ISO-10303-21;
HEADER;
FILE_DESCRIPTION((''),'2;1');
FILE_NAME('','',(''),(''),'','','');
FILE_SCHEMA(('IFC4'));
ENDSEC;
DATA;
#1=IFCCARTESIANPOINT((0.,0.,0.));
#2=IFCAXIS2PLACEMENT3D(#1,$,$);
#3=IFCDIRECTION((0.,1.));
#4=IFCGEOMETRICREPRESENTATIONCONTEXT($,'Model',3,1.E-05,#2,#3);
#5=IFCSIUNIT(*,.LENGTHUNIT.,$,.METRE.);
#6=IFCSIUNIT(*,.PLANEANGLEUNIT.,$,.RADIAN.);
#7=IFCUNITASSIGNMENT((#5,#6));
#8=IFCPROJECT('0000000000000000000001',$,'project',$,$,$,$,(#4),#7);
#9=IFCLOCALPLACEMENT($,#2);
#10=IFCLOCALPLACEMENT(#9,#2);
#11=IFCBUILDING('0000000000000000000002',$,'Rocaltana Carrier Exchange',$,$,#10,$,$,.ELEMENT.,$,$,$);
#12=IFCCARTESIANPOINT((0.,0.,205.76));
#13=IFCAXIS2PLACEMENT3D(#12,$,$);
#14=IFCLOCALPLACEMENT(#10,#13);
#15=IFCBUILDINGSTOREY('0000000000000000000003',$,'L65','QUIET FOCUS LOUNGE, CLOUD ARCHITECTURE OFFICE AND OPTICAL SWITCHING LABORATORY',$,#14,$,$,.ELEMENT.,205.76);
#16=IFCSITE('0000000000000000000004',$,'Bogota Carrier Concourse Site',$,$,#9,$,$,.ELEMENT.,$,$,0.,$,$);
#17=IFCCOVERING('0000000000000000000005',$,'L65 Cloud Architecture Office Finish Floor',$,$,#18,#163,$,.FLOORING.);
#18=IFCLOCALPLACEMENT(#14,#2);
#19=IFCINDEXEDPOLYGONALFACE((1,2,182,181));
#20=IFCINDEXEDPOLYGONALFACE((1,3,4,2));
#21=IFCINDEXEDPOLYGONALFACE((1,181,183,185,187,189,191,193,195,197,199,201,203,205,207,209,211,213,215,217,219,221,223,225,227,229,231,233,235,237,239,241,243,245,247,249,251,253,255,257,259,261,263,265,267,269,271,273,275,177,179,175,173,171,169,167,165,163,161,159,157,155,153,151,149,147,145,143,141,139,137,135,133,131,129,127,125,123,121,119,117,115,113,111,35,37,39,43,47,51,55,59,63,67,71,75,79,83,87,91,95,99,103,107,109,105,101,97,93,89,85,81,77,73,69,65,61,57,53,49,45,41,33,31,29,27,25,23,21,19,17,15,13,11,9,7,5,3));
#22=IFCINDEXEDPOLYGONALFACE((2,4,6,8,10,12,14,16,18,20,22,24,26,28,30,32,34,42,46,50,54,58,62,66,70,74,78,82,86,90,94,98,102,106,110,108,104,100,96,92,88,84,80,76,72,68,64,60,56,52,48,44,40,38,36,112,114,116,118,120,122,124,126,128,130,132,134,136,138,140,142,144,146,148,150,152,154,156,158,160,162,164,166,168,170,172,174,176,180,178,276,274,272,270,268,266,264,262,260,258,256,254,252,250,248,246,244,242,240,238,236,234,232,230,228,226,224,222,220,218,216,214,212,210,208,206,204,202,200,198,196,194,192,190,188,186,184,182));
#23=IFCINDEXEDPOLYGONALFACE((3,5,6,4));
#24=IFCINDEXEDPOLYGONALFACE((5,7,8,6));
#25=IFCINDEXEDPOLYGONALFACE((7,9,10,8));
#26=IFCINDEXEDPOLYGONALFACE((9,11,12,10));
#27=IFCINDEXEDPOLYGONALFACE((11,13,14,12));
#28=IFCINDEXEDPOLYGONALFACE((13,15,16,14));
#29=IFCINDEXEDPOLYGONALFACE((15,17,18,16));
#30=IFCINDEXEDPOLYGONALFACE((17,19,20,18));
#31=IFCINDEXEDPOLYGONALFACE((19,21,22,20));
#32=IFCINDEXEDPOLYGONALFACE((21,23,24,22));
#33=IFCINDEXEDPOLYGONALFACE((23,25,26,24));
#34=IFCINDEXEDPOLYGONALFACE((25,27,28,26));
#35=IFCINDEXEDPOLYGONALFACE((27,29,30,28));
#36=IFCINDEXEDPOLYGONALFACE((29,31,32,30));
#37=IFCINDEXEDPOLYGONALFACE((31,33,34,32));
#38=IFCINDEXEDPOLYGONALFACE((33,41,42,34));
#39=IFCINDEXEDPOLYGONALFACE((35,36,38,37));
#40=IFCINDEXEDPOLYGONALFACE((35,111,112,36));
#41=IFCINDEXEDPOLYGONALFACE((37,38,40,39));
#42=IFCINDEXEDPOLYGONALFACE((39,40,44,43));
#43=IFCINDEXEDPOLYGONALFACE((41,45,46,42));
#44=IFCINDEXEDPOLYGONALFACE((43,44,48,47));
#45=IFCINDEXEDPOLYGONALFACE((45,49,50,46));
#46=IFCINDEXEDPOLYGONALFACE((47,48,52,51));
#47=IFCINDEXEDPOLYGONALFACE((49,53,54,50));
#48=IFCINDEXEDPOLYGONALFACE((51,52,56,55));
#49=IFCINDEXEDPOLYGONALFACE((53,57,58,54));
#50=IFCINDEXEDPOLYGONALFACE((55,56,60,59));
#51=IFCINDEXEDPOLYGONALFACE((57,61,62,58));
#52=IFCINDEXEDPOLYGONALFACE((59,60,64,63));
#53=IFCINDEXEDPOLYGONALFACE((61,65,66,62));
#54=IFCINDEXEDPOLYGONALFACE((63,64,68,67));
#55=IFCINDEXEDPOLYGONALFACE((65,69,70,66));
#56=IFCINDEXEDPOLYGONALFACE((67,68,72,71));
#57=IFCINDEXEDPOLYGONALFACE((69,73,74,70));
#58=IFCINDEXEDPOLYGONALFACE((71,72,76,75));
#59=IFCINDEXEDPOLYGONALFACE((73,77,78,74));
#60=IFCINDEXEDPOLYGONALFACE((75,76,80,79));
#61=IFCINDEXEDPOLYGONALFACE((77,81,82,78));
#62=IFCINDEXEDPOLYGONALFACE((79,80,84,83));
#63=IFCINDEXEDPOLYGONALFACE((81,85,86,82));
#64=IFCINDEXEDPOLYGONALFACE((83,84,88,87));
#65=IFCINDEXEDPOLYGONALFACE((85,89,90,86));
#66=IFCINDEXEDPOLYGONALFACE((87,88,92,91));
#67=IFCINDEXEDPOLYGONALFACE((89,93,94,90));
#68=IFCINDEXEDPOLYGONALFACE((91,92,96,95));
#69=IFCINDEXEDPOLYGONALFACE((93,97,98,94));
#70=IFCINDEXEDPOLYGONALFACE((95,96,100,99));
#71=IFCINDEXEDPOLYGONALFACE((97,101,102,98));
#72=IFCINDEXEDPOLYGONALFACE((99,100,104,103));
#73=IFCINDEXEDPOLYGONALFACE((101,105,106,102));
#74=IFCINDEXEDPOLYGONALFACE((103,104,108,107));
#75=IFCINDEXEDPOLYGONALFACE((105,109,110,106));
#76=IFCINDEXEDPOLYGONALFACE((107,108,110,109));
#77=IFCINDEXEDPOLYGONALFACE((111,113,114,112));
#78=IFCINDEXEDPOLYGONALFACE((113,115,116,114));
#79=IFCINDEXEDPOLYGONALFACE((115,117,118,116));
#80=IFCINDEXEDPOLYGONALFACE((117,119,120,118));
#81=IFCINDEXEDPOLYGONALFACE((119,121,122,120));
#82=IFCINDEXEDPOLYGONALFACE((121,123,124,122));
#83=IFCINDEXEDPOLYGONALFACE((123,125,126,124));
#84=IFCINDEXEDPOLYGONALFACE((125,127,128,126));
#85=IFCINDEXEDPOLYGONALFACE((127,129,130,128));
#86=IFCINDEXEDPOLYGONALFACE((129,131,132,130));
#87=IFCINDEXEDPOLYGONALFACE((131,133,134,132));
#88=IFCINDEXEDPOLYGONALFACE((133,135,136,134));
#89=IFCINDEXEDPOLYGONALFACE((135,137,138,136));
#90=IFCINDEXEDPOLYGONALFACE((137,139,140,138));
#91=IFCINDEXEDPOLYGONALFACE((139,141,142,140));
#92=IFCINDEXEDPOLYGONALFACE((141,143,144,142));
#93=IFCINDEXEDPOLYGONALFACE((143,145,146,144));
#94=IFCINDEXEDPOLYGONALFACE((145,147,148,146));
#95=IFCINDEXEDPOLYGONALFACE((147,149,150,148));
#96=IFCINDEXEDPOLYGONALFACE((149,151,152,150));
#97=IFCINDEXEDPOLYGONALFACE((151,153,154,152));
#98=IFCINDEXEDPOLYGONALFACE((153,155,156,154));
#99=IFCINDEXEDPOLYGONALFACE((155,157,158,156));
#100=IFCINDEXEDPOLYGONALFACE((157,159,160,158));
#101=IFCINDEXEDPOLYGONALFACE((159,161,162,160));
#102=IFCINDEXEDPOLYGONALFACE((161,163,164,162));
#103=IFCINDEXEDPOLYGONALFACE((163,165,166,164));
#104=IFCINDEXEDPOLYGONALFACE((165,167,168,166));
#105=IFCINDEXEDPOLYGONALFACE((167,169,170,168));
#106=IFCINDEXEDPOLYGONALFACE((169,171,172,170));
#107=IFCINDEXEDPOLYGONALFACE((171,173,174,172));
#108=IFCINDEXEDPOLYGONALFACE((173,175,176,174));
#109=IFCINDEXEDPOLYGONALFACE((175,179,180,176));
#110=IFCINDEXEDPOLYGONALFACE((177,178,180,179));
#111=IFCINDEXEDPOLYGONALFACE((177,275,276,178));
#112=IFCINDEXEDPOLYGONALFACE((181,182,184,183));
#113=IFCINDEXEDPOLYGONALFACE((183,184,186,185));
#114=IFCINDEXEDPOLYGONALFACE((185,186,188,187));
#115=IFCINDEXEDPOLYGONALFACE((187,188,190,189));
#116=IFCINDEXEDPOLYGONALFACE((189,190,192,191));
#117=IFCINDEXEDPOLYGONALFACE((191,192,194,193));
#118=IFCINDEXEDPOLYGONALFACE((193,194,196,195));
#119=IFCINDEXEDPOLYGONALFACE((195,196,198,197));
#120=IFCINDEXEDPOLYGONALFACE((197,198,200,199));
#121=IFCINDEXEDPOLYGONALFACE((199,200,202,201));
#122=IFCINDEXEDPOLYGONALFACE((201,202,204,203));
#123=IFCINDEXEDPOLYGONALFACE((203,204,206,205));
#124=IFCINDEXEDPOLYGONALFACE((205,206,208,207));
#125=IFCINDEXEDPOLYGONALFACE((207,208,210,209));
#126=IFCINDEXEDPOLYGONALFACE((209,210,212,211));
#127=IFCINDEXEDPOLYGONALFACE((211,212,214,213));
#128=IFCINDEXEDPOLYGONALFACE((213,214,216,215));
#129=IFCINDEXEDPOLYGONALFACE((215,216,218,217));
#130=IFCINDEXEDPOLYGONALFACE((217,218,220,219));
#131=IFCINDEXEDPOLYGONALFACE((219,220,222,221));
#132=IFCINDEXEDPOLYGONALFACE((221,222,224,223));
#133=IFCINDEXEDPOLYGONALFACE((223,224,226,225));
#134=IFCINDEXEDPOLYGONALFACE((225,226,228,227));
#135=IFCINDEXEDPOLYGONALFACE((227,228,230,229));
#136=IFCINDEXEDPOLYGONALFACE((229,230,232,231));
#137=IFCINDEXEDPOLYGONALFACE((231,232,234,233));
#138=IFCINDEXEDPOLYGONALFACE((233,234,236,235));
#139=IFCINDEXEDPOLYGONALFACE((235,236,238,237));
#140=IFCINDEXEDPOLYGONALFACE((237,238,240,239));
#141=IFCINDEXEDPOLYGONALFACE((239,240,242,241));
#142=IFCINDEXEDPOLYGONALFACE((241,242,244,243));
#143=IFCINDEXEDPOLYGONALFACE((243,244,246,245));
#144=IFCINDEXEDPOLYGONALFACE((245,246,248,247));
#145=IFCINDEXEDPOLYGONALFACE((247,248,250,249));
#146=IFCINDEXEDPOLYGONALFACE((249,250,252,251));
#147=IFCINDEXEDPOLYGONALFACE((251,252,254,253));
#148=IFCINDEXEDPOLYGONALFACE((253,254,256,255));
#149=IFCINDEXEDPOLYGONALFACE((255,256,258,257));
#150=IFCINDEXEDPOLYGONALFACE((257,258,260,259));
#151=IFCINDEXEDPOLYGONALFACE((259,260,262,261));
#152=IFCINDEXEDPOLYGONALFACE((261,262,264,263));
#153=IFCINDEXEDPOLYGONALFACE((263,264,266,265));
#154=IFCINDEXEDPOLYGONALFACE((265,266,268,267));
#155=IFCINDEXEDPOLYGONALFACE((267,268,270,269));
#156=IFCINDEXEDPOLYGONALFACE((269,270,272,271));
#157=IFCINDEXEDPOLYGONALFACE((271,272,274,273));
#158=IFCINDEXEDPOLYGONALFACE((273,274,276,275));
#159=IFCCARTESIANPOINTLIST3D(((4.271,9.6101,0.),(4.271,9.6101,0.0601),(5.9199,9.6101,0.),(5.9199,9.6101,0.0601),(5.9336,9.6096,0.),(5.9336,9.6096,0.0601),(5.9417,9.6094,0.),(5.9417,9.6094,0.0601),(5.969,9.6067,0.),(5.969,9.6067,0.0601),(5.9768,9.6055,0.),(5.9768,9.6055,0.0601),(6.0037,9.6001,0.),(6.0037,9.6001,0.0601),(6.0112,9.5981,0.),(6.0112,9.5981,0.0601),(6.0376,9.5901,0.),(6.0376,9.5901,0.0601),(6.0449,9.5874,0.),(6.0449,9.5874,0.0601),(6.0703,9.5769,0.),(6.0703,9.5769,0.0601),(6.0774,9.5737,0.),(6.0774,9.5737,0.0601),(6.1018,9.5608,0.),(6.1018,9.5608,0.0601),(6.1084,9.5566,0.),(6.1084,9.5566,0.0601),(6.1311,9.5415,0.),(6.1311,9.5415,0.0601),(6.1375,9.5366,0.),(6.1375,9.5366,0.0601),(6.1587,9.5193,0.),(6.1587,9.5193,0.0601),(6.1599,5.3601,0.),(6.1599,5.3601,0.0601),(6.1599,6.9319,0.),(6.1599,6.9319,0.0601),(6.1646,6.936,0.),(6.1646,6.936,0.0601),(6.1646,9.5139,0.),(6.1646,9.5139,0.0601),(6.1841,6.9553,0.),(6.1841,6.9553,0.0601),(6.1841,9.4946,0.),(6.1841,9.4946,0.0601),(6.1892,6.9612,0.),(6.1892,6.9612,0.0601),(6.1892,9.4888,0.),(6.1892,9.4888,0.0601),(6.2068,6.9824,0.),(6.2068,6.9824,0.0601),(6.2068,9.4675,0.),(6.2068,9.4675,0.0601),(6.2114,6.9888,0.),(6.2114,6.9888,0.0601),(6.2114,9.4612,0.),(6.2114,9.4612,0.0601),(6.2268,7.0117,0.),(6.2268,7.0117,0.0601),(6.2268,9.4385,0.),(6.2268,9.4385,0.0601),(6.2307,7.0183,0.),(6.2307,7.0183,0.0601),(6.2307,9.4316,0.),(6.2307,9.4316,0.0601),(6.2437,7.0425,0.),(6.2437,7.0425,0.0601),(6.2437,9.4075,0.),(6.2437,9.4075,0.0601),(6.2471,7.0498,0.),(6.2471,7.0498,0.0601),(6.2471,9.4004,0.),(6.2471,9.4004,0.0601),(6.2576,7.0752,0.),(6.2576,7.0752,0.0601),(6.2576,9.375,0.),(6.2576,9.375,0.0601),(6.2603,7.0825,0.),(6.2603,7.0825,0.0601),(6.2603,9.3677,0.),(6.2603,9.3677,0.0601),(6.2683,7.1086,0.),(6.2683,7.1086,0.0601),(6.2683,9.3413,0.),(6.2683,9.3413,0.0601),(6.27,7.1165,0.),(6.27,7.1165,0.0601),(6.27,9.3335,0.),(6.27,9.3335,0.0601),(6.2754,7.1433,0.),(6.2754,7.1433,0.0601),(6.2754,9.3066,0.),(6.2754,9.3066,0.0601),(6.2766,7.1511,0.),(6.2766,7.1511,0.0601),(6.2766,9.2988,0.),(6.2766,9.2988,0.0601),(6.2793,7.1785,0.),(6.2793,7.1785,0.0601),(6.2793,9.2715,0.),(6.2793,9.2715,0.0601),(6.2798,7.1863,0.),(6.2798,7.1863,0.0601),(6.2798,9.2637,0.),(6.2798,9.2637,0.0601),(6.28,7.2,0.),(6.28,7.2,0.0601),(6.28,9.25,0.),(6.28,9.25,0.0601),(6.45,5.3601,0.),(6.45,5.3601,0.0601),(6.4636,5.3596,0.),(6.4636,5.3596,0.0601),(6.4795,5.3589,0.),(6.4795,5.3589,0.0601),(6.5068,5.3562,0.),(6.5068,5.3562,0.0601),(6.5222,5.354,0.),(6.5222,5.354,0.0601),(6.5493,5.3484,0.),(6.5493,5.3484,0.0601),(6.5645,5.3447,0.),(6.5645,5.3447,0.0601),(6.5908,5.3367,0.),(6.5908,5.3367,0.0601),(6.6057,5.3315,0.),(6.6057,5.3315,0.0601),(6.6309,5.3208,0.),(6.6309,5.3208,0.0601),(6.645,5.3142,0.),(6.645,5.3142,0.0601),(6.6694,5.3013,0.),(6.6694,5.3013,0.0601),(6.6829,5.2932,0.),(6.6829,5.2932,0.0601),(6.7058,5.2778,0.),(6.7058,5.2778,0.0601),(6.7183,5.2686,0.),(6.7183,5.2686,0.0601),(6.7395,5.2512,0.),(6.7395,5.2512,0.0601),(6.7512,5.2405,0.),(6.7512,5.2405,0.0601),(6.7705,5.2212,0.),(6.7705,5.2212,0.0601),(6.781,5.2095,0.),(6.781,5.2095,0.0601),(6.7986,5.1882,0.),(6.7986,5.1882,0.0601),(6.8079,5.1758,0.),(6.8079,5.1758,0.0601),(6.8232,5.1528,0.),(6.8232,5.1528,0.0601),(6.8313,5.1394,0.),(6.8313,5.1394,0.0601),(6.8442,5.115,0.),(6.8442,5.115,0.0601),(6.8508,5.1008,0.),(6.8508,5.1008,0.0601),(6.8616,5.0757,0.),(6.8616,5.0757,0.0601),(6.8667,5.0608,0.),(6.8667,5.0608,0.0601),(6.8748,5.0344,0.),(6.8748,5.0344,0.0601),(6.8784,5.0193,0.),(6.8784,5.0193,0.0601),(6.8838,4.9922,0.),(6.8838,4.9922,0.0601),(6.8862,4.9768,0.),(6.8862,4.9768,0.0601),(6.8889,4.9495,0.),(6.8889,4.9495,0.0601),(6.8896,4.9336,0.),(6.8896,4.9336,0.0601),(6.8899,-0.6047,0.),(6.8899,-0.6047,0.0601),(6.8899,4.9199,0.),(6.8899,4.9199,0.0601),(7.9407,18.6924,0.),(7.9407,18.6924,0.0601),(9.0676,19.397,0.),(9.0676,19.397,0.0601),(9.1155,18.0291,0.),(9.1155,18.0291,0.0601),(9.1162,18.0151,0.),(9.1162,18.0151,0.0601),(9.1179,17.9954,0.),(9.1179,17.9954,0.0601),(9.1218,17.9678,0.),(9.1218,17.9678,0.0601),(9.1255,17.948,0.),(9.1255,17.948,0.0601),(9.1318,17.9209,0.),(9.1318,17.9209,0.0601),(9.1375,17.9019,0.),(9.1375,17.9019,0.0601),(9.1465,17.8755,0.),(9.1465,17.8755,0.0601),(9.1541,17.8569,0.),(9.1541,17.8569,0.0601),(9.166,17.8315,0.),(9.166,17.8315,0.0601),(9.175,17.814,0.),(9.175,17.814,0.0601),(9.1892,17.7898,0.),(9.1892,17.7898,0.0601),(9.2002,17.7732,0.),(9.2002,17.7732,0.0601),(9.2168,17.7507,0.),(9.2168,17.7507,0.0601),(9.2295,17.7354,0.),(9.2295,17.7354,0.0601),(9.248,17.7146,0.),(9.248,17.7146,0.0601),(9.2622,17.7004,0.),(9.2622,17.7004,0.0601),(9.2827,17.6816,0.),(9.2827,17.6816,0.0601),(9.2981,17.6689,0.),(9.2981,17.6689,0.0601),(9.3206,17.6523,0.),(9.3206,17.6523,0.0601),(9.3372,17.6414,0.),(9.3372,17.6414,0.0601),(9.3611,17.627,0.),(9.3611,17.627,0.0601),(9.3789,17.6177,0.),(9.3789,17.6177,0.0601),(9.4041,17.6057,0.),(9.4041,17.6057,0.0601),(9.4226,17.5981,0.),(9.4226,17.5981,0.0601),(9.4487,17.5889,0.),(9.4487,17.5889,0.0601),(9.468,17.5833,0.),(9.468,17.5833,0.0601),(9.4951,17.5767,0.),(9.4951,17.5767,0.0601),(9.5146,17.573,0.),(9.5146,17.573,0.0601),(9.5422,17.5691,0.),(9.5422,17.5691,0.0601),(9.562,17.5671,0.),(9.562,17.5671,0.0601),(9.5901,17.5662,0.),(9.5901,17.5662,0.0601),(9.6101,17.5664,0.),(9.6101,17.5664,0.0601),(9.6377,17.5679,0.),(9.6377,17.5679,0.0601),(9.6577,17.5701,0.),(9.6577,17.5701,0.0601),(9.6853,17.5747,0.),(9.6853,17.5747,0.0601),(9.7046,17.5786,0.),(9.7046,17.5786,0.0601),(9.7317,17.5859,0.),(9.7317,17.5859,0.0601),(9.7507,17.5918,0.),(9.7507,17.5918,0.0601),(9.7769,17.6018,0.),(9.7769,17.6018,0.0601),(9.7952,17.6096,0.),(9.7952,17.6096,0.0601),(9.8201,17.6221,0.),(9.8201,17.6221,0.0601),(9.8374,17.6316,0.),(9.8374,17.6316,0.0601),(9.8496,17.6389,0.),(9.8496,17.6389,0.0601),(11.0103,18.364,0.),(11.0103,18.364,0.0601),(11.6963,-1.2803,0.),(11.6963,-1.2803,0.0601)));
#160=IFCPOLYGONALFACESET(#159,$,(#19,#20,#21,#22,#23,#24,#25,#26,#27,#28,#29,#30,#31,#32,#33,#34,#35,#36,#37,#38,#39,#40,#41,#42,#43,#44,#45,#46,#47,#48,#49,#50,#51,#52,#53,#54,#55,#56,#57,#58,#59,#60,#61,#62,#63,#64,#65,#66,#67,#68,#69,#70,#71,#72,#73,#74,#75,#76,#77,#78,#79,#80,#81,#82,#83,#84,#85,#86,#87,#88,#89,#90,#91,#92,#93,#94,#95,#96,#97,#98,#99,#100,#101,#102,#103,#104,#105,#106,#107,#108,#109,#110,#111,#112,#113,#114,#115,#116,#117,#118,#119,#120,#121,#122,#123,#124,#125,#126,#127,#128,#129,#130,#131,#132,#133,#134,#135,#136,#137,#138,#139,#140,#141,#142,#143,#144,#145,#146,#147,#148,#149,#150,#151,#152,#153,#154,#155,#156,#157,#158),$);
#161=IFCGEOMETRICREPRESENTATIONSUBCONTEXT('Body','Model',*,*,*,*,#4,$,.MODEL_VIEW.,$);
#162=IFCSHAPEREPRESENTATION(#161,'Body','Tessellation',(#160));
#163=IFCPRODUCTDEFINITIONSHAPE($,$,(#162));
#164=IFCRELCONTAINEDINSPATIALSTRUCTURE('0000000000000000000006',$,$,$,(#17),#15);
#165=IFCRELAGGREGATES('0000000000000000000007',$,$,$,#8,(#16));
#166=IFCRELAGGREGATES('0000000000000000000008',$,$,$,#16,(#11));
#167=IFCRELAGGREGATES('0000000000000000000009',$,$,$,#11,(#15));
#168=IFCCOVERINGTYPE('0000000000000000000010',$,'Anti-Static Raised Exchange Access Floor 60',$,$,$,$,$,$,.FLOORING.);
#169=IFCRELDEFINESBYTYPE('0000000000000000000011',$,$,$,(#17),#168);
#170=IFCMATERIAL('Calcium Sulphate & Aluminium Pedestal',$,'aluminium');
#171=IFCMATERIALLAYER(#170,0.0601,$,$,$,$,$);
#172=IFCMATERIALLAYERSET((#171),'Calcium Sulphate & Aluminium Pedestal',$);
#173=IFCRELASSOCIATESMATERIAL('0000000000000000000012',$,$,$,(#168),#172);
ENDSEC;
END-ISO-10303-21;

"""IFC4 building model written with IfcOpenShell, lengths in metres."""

from ifc_helpers import new_model, si_unit, direction, frame, origin, place, context, subcontext, project, spatial, polyline, outline, extrude, material, layer, layer_set, type_object, element, save


model = new_model("IFC4")

# Units and contexts
model_context = context("Model", 3, precision=1e-05, world=origin(), true_north=direction((0.0, 1.0)))
body_context = subcontext(model_context, "Body", "Model", "MODEL_VIEW")
ifc_project = project(units=[si_unit("LENGTHUNIT", "METRE"), si_unit("PLANEANGLEUNIT", "RADIAN")], contexts=[model_context])

# Site, building, storey
site_placement = place(None, origin())
site = spatial("IfcSite", under=ifc_project, at=site_placement, Name="Bogota Carrier Concourse Site", CompositionType="ELEMENT", RefElevation=0.0)
building_placement = place(site_placement, origin())
building = spatial("IfcBuilding", under=site, at=building_placement, Name="Rocaltana Carrier Exchange", CompositionType="ELEMENT")
storey_placement = place(building_placement, frame((0.0, 0.0, 205.76)))
storey = spatial("IfcBuildingStorey", under=building, at=storey_placement, Name="L65", Description="QUIET FOCUS LOUNGE, CLOUD ARCHITECTURE OFFICE AND OPTICAL SWITCHING LABORATORY", CompositionType="ELEMENT", Elevation=205.76)

# Covering
ifc_material_1 = material(Name="Calcium Sulphate & Aluminium Pedestal", Category="aluminium")
ifc_layer_1 = layer(ifc_material_1, 0.0601)
ifc_layer_set_1 = layer_set([ifc_layer_1], Name="Calcium Sulphate & Aluminium Pedestal")
covering_type_1 = type_object("IfcCoveringType", Name="Anti-Static Raised Exchange Access Floor 60", PredefinedType="FLOORING", material=ifc_layer_set_1)
covering_1_placement = place(storey_placement, origin())
element("IfcCovering", 1, at=covering_1_placement, inside=storey, type_object=covering_type_1, Name="L65 Cloud Architecture Office Finish Floor", PredefinedType="FLOORING", context=body_context, shape_type="SweptSolid", body=[
    extrude(outline(polyline([(6.1599, 6.9319), (6.1646, 6.936), (6.1841, 6.9553), (6.1892, 6.9612), (6.2068, 6.9824), (6.2114, 6.9888), (6.2268, 7.0117), (6.2307, 7.0183), (6.2437, 7.0425), (6.2471, 7.0498), (6.2576, 7.0752), (6.2603, 7.0825), (6.2683, 7.1086), (6.27, 7.1165), (6.2754, 7.1433), (6.2766, 7.1511), (6.2793, 7.1785), (6.2798, 7.1863), (6.28, 7.2), (6.28, 9.25), (6.2798, 9.2637), (6.2793, 9.2715), (6.2766, 9.2988), (6.2754, 9.3066), (6.27, 9.3335), (6.2683, 9.3413), (6.2603, 9.3677), (6.2576, 9.375), (6.2471, 9.4004), (6.2437, 9.4075), (6.2307, 9.4316), (6.2268, 9.4385), (6.2114, 9.4612), (6.2068, 9.4675), (6.1892, 9.4888), (6.1841, 9.4946), (6.1646, 9.5139), (6.1587, 9.5193), (6.1375, 9.5366), (6.1311, 9.5415), (6.1084, 9.5566), (6.1018, 9.5608), (6.0774, 9.5737), (6.0703, 9.5769), (6.0449, 9.5874), (6.0376, 9.5901), (6.0112, 9.5981), (6.0037, 9.6001), (5.9768, 9.6055), (5.969, 9.6067), (5.9417, 9.6094), (5.9336, 9.6096), (5.9199, 9.6101), (4.271, 9.6101), (7.9407, 18.6924), (9.0676, 19.397), (9.1155, 18.0291), (9.1162, 18.0151), (9.1179, 17.9954), (9.1218, 17.9678), (9.1255, 17.948), (9.1318, 17.9209), (9.1375, 17.9019), (9.1465, 17.8755), (9.1541, 17.8569), (9.166, 17.8315), (9.175, 17.814), (9.1892, 17.7898), (9.2002, 17.7732), (9.2168, 17.7507), (9.2295, 17.7354), (9.248, 17.7146), (9.2622, 17.7004), (9.2827, 17.6816), (9.2981, 17.6689), (9.3206, 17.6523), (9.3372, 17.6414), (9.3611, 17.627), (9.3789, 17.6177), (9.4041, 17.6057), (9.4226, 17.5981), (9.4487, 17.5889), (9.468, 17.5833), (9.4951, 17.5767), (9.5146, 17.573), (9.5422, 17.5691), (9.562, 17.5671), (9.5901, 17.5662), (9.6101, 17.5664), (9.6377, 17.5679), (9.6577, 17.5701), (9.6853, 17.5747), (9.7046, 17.5786), (9.7317, 17.5859), (9.7507, 17.5918), (9.7769, 17.6018), (9.7952, 17.6096), (9.8201, 17.6221), (9.8374, 17.6316), (9.8496, 17.6389), (11.0103, 18.364), (11.6963, -1.2803), (6.8899, -0.6047), (6.8899, 4.9199), (6.8896, 4.9336), (6.8889, 4.9495), (6.8862, 4.9768), (6.8838, 4.9922), (6.8784, 5.0193), (6.8748, 5.0344), (6.8667, 5.0608), (6.8616, 5.0757), (6.8508, 5.1008), (6.8442, 5.115), (6.8313, 5.1394), (6.8232, 5.1528), (6.8079, 5.1758), (6.7986, 5.1882), (6.781, 5.2095), (6.7705, 5.2212), (6.7512, 5.2405), (6.7395, 5.2512), (6.7183, 5.2686), (6.7058, 5.2778), (6.6829, 5.2932), (6.6694, 5.3013), (6.645, 5.3142), (6.6309, 5.3208), (6.6057, 5.3315), (6.5908, 5.3367), (6.5645, 5.3447), (6.5493, 5.3484), (6.5222, 5.354), (6.5068, 5.3562), (6.4795, 5.3589), (6.4636, 5.3596), (6.45, 5.3601), (6.1599, 5.3601), (6.1599, 6.9319)])), origin(), (0.0, 0.0, 1.0), 0.0601),
])

save(model, "model.ifc")
